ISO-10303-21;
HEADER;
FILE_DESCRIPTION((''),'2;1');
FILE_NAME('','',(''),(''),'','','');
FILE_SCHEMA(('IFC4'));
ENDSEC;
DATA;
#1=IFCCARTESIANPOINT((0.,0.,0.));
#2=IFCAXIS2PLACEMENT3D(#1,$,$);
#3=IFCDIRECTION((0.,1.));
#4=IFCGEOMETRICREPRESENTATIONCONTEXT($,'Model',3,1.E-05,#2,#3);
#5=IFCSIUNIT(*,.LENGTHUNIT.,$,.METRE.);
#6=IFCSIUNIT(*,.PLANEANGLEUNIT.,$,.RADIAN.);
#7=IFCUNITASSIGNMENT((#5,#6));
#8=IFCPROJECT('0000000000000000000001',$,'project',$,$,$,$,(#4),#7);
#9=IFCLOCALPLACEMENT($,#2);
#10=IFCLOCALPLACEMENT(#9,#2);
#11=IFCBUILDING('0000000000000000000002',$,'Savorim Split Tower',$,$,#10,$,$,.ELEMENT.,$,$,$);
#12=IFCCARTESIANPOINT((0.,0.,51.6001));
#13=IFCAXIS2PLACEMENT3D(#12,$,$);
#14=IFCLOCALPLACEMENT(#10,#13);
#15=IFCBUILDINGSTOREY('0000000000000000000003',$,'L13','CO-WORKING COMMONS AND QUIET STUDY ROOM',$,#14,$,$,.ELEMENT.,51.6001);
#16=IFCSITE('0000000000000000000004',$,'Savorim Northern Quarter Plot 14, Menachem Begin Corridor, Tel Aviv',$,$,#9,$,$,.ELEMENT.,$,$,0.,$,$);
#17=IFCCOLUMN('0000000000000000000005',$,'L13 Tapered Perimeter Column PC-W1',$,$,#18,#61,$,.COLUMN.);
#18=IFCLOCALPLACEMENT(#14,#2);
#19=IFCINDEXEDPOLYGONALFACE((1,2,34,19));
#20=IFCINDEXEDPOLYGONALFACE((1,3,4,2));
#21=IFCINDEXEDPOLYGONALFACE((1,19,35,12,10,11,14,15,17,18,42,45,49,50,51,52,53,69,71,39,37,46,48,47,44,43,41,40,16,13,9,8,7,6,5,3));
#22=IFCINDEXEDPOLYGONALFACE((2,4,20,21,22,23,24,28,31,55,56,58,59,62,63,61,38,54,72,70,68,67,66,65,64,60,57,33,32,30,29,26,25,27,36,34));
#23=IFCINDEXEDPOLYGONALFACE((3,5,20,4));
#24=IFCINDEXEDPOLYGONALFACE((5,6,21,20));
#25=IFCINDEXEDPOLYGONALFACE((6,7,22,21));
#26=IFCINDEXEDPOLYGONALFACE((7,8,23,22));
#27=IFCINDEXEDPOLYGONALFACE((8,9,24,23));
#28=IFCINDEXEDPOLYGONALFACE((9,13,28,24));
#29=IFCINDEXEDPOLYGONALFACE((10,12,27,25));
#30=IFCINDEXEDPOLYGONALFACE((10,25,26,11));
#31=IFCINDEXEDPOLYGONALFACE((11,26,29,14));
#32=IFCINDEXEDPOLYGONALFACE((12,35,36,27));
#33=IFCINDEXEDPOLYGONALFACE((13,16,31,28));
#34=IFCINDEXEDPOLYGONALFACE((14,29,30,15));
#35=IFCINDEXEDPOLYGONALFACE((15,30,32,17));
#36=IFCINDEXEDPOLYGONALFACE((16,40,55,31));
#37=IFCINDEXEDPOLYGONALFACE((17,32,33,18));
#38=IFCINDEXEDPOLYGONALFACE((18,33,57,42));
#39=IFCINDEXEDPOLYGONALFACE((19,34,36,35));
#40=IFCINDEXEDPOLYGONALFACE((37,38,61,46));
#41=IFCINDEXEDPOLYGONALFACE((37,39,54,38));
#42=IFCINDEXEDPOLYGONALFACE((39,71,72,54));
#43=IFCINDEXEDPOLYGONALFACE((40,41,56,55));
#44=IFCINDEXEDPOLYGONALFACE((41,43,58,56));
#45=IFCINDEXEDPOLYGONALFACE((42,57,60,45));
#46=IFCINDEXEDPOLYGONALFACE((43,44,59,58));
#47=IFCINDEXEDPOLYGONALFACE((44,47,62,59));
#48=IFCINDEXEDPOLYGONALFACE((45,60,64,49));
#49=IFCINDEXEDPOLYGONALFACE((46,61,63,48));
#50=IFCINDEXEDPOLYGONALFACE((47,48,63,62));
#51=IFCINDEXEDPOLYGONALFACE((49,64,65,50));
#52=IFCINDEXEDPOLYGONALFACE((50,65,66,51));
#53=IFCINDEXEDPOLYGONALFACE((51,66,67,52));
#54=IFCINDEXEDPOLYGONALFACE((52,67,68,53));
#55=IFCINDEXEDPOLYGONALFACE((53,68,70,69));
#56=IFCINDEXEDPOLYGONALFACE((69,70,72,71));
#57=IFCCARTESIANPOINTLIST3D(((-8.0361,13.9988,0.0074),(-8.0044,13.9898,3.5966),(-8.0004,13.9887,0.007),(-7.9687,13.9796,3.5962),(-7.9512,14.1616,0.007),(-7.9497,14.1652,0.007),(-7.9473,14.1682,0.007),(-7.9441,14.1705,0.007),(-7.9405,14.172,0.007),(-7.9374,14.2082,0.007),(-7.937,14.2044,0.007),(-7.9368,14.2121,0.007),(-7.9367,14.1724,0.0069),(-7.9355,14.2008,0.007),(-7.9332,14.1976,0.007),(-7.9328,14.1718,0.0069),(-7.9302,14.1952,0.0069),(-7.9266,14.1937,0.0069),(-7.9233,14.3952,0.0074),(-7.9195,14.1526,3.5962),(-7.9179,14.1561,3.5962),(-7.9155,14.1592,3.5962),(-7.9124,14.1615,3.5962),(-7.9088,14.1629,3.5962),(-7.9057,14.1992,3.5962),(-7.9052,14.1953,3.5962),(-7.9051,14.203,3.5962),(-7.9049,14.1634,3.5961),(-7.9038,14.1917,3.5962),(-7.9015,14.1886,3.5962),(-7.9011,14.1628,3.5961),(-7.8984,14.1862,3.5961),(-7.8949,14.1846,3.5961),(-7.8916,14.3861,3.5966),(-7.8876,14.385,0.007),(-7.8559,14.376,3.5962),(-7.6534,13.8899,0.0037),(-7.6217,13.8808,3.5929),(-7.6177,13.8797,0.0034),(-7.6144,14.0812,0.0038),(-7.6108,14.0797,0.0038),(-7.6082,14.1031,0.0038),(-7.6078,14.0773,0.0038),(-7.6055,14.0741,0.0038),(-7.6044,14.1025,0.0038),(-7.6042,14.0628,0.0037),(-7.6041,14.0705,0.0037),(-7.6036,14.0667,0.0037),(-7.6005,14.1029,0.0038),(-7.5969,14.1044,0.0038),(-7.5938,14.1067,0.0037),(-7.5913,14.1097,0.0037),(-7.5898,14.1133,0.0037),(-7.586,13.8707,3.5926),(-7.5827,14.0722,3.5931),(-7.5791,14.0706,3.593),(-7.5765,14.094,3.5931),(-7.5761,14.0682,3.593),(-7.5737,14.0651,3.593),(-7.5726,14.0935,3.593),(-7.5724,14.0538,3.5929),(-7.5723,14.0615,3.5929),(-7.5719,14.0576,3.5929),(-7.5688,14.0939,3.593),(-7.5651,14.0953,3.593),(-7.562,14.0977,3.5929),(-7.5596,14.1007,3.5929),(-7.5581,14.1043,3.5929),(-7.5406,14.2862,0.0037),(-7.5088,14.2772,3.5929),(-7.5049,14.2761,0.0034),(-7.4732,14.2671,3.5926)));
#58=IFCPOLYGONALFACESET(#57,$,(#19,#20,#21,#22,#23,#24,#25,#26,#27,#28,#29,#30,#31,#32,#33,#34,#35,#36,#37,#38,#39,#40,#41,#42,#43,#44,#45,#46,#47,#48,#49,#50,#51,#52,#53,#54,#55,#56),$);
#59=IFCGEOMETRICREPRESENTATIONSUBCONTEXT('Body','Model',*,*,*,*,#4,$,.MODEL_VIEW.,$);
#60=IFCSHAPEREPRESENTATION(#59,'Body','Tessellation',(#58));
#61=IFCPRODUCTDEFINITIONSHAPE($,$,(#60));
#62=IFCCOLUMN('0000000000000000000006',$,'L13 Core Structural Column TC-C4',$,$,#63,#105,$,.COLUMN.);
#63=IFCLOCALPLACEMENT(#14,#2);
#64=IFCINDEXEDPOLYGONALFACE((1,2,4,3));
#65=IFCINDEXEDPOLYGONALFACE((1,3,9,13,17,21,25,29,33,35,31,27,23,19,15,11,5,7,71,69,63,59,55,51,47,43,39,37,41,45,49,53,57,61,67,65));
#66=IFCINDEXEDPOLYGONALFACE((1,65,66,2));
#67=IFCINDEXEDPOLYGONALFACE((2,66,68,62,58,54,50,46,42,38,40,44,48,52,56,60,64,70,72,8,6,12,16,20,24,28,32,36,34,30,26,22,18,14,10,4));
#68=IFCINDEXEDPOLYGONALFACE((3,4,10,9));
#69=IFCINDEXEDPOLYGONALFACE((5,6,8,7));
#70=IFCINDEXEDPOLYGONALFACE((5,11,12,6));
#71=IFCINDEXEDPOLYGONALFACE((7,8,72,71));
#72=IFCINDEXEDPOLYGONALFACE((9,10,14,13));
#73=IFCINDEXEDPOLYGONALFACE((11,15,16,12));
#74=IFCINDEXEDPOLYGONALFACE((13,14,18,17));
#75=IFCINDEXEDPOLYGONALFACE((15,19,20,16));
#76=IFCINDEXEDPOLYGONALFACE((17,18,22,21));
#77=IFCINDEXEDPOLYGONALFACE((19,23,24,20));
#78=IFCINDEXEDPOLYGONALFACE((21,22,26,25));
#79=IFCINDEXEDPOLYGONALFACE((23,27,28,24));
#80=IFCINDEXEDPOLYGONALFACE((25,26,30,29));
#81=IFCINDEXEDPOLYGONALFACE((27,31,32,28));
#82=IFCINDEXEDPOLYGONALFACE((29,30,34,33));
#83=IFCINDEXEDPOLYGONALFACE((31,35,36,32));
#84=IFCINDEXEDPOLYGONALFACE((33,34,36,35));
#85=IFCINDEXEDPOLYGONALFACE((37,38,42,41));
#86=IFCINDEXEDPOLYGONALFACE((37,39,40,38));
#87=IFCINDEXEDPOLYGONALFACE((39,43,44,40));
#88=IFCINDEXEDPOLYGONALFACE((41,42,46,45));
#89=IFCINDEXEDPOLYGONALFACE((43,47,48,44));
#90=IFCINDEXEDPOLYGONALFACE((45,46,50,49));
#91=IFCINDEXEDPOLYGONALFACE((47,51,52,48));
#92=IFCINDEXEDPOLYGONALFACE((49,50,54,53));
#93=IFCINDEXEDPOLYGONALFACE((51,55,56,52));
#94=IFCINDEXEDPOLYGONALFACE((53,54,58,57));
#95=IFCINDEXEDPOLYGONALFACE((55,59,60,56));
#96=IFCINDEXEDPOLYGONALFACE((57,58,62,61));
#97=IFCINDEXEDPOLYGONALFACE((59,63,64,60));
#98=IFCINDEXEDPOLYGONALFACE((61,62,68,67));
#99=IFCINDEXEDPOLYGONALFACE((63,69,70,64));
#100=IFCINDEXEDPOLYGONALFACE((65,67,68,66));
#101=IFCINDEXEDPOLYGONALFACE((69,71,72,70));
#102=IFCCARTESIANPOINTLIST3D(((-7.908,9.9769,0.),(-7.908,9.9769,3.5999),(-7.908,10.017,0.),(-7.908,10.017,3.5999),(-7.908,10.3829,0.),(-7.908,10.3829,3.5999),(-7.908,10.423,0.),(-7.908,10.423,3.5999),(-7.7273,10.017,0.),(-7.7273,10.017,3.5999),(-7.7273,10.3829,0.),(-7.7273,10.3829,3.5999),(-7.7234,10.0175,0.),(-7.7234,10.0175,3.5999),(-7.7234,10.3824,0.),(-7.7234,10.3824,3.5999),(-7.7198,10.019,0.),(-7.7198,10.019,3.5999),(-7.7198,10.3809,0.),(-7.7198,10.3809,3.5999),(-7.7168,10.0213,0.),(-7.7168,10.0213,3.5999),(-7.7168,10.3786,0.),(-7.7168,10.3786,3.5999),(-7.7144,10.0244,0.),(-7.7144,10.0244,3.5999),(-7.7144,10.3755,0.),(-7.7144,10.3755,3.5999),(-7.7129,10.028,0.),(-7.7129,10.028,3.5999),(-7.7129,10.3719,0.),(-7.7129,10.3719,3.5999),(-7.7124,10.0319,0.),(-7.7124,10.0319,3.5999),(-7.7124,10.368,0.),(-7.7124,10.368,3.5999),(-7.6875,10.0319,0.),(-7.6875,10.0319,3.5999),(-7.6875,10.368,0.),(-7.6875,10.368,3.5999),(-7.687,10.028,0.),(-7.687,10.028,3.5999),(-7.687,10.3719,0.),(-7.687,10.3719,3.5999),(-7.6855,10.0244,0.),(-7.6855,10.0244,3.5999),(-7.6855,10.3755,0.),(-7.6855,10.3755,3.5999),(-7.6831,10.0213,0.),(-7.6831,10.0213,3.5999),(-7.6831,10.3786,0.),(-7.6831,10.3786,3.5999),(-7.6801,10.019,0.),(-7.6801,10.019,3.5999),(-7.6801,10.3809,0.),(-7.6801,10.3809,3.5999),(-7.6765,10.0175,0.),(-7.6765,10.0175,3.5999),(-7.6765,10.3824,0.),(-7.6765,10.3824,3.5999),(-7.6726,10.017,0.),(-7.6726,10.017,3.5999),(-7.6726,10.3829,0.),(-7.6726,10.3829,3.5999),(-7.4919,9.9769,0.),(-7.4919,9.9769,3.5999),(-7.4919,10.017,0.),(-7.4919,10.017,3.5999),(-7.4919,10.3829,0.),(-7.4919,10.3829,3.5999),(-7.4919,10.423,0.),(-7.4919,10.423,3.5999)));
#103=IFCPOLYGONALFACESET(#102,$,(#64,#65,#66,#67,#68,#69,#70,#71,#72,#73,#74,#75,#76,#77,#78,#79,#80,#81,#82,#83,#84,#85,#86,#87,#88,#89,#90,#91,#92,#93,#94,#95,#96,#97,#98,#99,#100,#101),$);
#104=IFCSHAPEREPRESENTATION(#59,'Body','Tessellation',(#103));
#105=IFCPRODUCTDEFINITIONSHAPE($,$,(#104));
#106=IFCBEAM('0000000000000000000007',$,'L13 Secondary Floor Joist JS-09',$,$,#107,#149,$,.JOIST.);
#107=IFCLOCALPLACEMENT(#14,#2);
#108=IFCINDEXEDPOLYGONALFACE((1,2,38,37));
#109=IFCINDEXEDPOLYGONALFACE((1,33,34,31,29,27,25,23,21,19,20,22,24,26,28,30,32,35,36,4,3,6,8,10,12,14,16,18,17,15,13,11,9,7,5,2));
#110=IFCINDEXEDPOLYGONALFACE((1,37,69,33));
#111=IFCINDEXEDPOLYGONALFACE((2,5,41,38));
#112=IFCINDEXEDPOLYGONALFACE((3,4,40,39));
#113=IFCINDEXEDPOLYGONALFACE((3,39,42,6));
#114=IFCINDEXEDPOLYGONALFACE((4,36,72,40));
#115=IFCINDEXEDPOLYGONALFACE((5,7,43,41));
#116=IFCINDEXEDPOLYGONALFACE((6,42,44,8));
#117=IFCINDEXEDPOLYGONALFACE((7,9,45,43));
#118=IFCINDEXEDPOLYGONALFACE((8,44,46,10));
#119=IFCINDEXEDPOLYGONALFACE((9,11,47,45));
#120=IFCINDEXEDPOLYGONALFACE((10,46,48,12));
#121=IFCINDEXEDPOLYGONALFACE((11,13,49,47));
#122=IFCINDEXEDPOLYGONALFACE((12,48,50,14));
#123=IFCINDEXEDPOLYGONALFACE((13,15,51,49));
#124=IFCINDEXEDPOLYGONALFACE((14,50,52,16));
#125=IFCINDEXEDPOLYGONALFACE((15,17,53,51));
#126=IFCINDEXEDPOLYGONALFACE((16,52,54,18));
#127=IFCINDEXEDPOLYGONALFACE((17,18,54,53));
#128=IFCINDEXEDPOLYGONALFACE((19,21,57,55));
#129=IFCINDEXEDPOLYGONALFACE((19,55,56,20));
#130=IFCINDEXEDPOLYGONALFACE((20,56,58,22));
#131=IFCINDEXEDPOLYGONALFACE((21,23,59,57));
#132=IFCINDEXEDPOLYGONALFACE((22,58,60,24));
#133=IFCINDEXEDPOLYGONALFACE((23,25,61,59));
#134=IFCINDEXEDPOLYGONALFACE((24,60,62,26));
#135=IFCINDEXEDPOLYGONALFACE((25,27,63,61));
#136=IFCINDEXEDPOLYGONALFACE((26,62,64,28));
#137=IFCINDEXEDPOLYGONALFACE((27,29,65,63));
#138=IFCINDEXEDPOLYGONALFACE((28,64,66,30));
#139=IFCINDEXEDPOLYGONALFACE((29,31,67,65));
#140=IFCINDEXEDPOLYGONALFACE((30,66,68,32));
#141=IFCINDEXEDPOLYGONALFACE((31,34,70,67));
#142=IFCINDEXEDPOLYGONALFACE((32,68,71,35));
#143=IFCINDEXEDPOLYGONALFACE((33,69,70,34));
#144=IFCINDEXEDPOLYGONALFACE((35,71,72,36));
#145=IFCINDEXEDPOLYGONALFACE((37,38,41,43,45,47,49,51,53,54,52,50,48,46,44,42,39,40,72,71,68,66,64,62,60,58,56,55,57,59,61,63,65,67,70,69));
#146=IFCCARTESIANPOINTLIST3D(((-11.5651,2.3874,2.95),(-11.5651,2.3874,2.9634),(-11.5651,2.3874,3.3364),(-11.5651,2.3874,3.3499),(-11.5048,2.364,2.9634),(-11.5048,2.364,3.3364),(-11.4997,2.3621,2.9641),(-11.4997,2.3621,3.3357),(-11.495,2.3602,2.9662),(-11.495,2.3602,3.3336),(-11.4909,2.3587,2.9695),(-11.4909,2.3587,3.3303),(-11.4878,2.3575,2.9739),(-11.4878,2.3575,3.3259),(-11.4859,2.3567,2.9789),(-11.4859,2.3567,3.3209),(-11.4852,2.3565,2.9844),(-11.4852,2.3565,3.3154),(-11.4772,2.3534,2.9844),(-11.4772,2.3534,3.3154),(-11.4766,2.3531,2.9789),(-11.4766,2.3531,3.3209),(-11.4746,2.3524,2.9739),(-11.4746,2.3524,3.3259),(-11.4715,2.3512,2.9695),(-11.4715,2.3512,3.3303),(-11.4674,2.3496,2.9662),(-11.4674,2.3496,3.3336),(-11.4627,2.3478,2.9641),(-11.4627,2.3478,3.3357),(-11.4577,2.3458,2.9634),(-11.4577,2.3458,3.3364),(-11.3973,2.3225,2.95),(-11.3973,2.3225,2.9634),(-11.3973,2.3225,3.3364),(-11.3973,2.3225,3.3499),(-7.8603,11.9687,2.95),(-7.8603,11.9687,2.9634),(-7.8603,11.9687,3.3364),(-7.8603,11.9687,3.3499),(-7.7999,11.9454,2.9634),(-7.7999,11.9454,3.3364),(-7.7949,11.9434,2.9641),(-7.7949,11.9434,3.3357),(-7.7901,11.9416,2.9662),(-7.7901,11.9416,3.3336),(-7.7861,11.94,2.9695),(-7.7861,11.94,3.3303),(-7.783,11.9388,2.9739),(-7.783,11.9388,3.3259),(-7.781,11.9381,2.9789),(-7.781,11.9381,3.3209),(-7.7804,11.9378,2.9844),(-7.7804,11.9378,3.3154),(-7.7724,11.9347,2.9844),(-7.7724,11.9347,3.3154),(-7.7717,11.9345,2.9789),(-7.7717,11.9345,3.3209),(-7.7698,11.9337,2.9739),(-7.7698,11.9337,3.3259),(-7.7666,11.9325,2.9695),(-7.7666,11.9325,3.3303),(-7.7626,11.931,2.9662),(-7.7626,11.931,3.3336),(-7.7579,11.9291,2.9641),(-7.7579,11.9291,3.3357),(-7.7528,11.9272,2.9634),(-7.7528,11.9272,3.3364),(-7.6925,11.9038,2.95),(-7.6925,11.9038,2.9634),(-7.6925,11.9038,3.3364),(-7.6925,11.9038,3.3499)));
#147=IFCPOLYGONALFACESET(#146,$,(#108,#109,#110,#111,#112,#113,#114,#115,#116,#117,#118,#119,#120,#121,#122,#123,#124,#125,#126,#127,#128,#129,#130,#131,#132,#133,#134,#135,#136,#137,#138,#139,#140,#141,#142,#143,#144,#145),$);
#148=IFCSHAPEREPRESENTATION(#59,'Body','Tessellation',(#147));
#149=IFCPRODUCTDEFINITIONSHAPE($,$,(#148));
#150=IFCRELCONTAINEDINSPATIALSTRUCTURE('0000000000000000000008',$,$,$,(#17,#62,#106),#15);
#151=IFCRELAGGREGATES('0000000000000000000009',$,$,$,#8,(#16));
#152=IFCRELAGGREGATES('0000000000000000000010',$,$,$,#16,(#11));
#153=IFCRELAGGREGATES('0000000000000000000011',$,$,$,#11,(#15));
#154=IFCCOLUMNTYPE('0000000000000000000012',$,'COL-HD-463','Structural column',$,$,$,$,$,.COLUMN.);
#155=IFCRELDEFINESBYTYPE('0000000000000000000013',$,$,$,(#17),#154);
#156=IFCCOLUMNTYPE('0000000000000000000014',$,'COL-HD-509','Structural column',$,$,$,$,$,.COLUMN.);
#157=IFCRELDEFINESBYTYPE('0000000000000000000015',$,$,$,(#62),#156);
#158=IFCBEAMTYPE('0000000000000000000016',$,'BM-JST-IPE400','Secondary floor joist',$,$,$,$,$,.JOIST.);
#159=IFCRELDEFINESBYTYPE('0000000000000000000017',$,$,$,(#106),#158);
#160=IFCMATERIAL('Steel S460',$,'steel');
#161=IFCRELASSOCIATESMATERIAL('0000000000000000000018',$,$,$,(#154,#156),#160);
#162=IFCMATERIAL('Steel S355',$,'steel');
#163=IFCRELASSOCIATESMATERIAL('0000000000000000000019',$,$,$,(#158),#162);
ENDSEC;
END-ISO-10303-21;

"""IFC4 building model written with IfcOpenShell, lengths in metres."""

from ifc_helpers import new_model, si_unit, direction, frame, origin, origin_2d, place, context, subcontext, project, spatial, i_section, extrude, material, material_profile, profile_set, type_object, element, save


model = new_model("IFC4")

# Units and contexts
model_context = context("Model", 3, precision=1e-05, world=origin(), true_north=direction((0.0, 1.0)))
body_context = subcontext(model_context, "Body", "Model", "MODEL_VIEW")
ifc_project = project(units=[si_unit("LENGTHUNIT", "METRE"), si_unit("PLANEANGLEUNIT", "RADIAN")], contexts=[model_context])

# Site, building, storey
site_placement = place(None, origin())
site = spatial("IfcSite", under=ifc_project, at=site_placement, Name="Savorim Northern Quarter Plot 14, Menachem Begin Corridor, Tel Aviv", CompositionType="ELEMENT", RefElevation=0.0)
building_placement = place(site_placement, origin())
building = spatial("IfcBuilding", under=site, at=building_placement, Name="Savorim Split Tower", CompositionType="ELEMENT")
storey_placement = place(building_placement, frame((0.0, 0.0, 51.6001)))
storey = spatial("IfcBuildingStorey", under=building, at=storey_placement, Name="L13", Description="CO-WORKING COMMONS AND QUIET STUDY ROOM", CompositionType="ELEMENT", Elevation=51.6001)

# Columns
ifc_material_1 = material(Name="Steel S460", Category="steel")
ifc_material_profile_1 = material_profile(ifc_material_1, i_section(OverallWidth=0.4121, OverallDepth=0.4351, WebThickness=0.0227, FlangeThickness=0.0371, FilletRadius=0.0149, at=origin_2d()), Name="HD 400x463")
ifc_profile_set_1 = profile_set([ifc_material_profile_1], Name="Steel S460")
column_type_1 = type_object("IfcColumnType", Name="COL-HD-463", Description="Structural column", PredefinedType="COLUMN", material=ifc_profile_set_1)
column_1_placement = place(storey_placement, frame((-7.7705, 14.1375, 0.0054), z_axis=(0.008843, -0.002517, 0.999958), x_axis=(0.273744, 0.961803, 0.0)))
element("IfcColumn", 1, at=column_1_placement, inside=storey, type_object=column_type_1, Name="L13 Tapered Perimeter Column PC-W1", PredefinedType="COLUMN", context=body_context, shape_type="SweptSolid", body=[
    extrude(i_section(OverallWidth=0.4121, OverallDepth=0.4351, WebThickness=0.0227, FlangeThickness=0.0371, FilletRadius=0.0149, at=origin_2d()), origin(), (0.0, 0.0, 1.0), 3.5894),
])
ifc_material_profile_2 = material_profile(ifc_material_1, i_section(OverallWidth=0.416, OverallDepth=0.446, WebThickness=0.0249, FlangeThickness=0.04, FilletRadius=0.0149, at=origin_2d()), Name="HD 400x509")
ifc_profile_set_2 = profile_set([ifc_material_profile_2], Name="Steel S460")
column_type_2 = type_object("IfcColumnType", Name="COL-HD-509", Description="Structural column", PredefinedType="COLUMN", material=ifc_profile_set_2)
column_2_placement = place(storey_placement, frame((-7.7, 10.2, 0.0), z_axis=(0.0, 0.0, 1.0), x_axis=(1.0, 0.0, 0.0)))
element("IfcColumn", 2, at=column_2_placement, inside=storey, type_object=column_type_2, Name="L13 Core Structural Column TC-C4", PredefinedType="COLUMN", context=body_context, shape_type="SweptSolid", body=[
    extrude(i_section(OverallWidth=0.416, OverallDepth=0.446, WebThickness=0.0249, FlangeThickness=0.04, FilletRadius=0.0149, at=origin_2d()), origin(), (0.0, 0.0, 1.0), 3.5999),
])

# Beam
ifc_material_2 = material(Name="Steel S355", Category="steel")
ifc_material_profile_3 = material_profile(ifc_material_2, i_section(OverallWidth=0.1799, OverallDepth=0.3999, WebThickness=0.0085, FlangeThickness=0.0134, FilletRadius=0.021, at=origin_2d()), Name="IPE 400")
ifc_profile_set_3 = profile_set([ifc_material_profile_3], Name="Steel S355")
beam_type_1 = type_object("IfcBeamType", Name="BM-JST-IPE400", Description="Secondary floor joist", PredefinedType="JOIST", material=ifc_profile_set_3)
beam_1_placement = place(storey_placement, frame((-7.7764, 11.9363, 3.1499), z_axis=(-0.360651, -0.932701, 0.0), x_axis=(0.932701, -0.360651, 0.0)))
element("IfcBeam", 3, at=beam_1_placement, inside=storey, type_object=beam_type_1, Name="L13 Secondary Floor Joist JS-09", PredefinedType="JOIST", context=body_context, shape_type="SweptSolid", body=[
    extrude(i_section(OverallWidth=0.1799, OverallDepth=0.3999, WebThickness=0.0085, FlangeThickness=0.0134, FilletRadius=0.021, at=origin_2d()), origin(), (0.0, 0.0, 1.0), 10.2727),
])

save(model, "model.ifc")
